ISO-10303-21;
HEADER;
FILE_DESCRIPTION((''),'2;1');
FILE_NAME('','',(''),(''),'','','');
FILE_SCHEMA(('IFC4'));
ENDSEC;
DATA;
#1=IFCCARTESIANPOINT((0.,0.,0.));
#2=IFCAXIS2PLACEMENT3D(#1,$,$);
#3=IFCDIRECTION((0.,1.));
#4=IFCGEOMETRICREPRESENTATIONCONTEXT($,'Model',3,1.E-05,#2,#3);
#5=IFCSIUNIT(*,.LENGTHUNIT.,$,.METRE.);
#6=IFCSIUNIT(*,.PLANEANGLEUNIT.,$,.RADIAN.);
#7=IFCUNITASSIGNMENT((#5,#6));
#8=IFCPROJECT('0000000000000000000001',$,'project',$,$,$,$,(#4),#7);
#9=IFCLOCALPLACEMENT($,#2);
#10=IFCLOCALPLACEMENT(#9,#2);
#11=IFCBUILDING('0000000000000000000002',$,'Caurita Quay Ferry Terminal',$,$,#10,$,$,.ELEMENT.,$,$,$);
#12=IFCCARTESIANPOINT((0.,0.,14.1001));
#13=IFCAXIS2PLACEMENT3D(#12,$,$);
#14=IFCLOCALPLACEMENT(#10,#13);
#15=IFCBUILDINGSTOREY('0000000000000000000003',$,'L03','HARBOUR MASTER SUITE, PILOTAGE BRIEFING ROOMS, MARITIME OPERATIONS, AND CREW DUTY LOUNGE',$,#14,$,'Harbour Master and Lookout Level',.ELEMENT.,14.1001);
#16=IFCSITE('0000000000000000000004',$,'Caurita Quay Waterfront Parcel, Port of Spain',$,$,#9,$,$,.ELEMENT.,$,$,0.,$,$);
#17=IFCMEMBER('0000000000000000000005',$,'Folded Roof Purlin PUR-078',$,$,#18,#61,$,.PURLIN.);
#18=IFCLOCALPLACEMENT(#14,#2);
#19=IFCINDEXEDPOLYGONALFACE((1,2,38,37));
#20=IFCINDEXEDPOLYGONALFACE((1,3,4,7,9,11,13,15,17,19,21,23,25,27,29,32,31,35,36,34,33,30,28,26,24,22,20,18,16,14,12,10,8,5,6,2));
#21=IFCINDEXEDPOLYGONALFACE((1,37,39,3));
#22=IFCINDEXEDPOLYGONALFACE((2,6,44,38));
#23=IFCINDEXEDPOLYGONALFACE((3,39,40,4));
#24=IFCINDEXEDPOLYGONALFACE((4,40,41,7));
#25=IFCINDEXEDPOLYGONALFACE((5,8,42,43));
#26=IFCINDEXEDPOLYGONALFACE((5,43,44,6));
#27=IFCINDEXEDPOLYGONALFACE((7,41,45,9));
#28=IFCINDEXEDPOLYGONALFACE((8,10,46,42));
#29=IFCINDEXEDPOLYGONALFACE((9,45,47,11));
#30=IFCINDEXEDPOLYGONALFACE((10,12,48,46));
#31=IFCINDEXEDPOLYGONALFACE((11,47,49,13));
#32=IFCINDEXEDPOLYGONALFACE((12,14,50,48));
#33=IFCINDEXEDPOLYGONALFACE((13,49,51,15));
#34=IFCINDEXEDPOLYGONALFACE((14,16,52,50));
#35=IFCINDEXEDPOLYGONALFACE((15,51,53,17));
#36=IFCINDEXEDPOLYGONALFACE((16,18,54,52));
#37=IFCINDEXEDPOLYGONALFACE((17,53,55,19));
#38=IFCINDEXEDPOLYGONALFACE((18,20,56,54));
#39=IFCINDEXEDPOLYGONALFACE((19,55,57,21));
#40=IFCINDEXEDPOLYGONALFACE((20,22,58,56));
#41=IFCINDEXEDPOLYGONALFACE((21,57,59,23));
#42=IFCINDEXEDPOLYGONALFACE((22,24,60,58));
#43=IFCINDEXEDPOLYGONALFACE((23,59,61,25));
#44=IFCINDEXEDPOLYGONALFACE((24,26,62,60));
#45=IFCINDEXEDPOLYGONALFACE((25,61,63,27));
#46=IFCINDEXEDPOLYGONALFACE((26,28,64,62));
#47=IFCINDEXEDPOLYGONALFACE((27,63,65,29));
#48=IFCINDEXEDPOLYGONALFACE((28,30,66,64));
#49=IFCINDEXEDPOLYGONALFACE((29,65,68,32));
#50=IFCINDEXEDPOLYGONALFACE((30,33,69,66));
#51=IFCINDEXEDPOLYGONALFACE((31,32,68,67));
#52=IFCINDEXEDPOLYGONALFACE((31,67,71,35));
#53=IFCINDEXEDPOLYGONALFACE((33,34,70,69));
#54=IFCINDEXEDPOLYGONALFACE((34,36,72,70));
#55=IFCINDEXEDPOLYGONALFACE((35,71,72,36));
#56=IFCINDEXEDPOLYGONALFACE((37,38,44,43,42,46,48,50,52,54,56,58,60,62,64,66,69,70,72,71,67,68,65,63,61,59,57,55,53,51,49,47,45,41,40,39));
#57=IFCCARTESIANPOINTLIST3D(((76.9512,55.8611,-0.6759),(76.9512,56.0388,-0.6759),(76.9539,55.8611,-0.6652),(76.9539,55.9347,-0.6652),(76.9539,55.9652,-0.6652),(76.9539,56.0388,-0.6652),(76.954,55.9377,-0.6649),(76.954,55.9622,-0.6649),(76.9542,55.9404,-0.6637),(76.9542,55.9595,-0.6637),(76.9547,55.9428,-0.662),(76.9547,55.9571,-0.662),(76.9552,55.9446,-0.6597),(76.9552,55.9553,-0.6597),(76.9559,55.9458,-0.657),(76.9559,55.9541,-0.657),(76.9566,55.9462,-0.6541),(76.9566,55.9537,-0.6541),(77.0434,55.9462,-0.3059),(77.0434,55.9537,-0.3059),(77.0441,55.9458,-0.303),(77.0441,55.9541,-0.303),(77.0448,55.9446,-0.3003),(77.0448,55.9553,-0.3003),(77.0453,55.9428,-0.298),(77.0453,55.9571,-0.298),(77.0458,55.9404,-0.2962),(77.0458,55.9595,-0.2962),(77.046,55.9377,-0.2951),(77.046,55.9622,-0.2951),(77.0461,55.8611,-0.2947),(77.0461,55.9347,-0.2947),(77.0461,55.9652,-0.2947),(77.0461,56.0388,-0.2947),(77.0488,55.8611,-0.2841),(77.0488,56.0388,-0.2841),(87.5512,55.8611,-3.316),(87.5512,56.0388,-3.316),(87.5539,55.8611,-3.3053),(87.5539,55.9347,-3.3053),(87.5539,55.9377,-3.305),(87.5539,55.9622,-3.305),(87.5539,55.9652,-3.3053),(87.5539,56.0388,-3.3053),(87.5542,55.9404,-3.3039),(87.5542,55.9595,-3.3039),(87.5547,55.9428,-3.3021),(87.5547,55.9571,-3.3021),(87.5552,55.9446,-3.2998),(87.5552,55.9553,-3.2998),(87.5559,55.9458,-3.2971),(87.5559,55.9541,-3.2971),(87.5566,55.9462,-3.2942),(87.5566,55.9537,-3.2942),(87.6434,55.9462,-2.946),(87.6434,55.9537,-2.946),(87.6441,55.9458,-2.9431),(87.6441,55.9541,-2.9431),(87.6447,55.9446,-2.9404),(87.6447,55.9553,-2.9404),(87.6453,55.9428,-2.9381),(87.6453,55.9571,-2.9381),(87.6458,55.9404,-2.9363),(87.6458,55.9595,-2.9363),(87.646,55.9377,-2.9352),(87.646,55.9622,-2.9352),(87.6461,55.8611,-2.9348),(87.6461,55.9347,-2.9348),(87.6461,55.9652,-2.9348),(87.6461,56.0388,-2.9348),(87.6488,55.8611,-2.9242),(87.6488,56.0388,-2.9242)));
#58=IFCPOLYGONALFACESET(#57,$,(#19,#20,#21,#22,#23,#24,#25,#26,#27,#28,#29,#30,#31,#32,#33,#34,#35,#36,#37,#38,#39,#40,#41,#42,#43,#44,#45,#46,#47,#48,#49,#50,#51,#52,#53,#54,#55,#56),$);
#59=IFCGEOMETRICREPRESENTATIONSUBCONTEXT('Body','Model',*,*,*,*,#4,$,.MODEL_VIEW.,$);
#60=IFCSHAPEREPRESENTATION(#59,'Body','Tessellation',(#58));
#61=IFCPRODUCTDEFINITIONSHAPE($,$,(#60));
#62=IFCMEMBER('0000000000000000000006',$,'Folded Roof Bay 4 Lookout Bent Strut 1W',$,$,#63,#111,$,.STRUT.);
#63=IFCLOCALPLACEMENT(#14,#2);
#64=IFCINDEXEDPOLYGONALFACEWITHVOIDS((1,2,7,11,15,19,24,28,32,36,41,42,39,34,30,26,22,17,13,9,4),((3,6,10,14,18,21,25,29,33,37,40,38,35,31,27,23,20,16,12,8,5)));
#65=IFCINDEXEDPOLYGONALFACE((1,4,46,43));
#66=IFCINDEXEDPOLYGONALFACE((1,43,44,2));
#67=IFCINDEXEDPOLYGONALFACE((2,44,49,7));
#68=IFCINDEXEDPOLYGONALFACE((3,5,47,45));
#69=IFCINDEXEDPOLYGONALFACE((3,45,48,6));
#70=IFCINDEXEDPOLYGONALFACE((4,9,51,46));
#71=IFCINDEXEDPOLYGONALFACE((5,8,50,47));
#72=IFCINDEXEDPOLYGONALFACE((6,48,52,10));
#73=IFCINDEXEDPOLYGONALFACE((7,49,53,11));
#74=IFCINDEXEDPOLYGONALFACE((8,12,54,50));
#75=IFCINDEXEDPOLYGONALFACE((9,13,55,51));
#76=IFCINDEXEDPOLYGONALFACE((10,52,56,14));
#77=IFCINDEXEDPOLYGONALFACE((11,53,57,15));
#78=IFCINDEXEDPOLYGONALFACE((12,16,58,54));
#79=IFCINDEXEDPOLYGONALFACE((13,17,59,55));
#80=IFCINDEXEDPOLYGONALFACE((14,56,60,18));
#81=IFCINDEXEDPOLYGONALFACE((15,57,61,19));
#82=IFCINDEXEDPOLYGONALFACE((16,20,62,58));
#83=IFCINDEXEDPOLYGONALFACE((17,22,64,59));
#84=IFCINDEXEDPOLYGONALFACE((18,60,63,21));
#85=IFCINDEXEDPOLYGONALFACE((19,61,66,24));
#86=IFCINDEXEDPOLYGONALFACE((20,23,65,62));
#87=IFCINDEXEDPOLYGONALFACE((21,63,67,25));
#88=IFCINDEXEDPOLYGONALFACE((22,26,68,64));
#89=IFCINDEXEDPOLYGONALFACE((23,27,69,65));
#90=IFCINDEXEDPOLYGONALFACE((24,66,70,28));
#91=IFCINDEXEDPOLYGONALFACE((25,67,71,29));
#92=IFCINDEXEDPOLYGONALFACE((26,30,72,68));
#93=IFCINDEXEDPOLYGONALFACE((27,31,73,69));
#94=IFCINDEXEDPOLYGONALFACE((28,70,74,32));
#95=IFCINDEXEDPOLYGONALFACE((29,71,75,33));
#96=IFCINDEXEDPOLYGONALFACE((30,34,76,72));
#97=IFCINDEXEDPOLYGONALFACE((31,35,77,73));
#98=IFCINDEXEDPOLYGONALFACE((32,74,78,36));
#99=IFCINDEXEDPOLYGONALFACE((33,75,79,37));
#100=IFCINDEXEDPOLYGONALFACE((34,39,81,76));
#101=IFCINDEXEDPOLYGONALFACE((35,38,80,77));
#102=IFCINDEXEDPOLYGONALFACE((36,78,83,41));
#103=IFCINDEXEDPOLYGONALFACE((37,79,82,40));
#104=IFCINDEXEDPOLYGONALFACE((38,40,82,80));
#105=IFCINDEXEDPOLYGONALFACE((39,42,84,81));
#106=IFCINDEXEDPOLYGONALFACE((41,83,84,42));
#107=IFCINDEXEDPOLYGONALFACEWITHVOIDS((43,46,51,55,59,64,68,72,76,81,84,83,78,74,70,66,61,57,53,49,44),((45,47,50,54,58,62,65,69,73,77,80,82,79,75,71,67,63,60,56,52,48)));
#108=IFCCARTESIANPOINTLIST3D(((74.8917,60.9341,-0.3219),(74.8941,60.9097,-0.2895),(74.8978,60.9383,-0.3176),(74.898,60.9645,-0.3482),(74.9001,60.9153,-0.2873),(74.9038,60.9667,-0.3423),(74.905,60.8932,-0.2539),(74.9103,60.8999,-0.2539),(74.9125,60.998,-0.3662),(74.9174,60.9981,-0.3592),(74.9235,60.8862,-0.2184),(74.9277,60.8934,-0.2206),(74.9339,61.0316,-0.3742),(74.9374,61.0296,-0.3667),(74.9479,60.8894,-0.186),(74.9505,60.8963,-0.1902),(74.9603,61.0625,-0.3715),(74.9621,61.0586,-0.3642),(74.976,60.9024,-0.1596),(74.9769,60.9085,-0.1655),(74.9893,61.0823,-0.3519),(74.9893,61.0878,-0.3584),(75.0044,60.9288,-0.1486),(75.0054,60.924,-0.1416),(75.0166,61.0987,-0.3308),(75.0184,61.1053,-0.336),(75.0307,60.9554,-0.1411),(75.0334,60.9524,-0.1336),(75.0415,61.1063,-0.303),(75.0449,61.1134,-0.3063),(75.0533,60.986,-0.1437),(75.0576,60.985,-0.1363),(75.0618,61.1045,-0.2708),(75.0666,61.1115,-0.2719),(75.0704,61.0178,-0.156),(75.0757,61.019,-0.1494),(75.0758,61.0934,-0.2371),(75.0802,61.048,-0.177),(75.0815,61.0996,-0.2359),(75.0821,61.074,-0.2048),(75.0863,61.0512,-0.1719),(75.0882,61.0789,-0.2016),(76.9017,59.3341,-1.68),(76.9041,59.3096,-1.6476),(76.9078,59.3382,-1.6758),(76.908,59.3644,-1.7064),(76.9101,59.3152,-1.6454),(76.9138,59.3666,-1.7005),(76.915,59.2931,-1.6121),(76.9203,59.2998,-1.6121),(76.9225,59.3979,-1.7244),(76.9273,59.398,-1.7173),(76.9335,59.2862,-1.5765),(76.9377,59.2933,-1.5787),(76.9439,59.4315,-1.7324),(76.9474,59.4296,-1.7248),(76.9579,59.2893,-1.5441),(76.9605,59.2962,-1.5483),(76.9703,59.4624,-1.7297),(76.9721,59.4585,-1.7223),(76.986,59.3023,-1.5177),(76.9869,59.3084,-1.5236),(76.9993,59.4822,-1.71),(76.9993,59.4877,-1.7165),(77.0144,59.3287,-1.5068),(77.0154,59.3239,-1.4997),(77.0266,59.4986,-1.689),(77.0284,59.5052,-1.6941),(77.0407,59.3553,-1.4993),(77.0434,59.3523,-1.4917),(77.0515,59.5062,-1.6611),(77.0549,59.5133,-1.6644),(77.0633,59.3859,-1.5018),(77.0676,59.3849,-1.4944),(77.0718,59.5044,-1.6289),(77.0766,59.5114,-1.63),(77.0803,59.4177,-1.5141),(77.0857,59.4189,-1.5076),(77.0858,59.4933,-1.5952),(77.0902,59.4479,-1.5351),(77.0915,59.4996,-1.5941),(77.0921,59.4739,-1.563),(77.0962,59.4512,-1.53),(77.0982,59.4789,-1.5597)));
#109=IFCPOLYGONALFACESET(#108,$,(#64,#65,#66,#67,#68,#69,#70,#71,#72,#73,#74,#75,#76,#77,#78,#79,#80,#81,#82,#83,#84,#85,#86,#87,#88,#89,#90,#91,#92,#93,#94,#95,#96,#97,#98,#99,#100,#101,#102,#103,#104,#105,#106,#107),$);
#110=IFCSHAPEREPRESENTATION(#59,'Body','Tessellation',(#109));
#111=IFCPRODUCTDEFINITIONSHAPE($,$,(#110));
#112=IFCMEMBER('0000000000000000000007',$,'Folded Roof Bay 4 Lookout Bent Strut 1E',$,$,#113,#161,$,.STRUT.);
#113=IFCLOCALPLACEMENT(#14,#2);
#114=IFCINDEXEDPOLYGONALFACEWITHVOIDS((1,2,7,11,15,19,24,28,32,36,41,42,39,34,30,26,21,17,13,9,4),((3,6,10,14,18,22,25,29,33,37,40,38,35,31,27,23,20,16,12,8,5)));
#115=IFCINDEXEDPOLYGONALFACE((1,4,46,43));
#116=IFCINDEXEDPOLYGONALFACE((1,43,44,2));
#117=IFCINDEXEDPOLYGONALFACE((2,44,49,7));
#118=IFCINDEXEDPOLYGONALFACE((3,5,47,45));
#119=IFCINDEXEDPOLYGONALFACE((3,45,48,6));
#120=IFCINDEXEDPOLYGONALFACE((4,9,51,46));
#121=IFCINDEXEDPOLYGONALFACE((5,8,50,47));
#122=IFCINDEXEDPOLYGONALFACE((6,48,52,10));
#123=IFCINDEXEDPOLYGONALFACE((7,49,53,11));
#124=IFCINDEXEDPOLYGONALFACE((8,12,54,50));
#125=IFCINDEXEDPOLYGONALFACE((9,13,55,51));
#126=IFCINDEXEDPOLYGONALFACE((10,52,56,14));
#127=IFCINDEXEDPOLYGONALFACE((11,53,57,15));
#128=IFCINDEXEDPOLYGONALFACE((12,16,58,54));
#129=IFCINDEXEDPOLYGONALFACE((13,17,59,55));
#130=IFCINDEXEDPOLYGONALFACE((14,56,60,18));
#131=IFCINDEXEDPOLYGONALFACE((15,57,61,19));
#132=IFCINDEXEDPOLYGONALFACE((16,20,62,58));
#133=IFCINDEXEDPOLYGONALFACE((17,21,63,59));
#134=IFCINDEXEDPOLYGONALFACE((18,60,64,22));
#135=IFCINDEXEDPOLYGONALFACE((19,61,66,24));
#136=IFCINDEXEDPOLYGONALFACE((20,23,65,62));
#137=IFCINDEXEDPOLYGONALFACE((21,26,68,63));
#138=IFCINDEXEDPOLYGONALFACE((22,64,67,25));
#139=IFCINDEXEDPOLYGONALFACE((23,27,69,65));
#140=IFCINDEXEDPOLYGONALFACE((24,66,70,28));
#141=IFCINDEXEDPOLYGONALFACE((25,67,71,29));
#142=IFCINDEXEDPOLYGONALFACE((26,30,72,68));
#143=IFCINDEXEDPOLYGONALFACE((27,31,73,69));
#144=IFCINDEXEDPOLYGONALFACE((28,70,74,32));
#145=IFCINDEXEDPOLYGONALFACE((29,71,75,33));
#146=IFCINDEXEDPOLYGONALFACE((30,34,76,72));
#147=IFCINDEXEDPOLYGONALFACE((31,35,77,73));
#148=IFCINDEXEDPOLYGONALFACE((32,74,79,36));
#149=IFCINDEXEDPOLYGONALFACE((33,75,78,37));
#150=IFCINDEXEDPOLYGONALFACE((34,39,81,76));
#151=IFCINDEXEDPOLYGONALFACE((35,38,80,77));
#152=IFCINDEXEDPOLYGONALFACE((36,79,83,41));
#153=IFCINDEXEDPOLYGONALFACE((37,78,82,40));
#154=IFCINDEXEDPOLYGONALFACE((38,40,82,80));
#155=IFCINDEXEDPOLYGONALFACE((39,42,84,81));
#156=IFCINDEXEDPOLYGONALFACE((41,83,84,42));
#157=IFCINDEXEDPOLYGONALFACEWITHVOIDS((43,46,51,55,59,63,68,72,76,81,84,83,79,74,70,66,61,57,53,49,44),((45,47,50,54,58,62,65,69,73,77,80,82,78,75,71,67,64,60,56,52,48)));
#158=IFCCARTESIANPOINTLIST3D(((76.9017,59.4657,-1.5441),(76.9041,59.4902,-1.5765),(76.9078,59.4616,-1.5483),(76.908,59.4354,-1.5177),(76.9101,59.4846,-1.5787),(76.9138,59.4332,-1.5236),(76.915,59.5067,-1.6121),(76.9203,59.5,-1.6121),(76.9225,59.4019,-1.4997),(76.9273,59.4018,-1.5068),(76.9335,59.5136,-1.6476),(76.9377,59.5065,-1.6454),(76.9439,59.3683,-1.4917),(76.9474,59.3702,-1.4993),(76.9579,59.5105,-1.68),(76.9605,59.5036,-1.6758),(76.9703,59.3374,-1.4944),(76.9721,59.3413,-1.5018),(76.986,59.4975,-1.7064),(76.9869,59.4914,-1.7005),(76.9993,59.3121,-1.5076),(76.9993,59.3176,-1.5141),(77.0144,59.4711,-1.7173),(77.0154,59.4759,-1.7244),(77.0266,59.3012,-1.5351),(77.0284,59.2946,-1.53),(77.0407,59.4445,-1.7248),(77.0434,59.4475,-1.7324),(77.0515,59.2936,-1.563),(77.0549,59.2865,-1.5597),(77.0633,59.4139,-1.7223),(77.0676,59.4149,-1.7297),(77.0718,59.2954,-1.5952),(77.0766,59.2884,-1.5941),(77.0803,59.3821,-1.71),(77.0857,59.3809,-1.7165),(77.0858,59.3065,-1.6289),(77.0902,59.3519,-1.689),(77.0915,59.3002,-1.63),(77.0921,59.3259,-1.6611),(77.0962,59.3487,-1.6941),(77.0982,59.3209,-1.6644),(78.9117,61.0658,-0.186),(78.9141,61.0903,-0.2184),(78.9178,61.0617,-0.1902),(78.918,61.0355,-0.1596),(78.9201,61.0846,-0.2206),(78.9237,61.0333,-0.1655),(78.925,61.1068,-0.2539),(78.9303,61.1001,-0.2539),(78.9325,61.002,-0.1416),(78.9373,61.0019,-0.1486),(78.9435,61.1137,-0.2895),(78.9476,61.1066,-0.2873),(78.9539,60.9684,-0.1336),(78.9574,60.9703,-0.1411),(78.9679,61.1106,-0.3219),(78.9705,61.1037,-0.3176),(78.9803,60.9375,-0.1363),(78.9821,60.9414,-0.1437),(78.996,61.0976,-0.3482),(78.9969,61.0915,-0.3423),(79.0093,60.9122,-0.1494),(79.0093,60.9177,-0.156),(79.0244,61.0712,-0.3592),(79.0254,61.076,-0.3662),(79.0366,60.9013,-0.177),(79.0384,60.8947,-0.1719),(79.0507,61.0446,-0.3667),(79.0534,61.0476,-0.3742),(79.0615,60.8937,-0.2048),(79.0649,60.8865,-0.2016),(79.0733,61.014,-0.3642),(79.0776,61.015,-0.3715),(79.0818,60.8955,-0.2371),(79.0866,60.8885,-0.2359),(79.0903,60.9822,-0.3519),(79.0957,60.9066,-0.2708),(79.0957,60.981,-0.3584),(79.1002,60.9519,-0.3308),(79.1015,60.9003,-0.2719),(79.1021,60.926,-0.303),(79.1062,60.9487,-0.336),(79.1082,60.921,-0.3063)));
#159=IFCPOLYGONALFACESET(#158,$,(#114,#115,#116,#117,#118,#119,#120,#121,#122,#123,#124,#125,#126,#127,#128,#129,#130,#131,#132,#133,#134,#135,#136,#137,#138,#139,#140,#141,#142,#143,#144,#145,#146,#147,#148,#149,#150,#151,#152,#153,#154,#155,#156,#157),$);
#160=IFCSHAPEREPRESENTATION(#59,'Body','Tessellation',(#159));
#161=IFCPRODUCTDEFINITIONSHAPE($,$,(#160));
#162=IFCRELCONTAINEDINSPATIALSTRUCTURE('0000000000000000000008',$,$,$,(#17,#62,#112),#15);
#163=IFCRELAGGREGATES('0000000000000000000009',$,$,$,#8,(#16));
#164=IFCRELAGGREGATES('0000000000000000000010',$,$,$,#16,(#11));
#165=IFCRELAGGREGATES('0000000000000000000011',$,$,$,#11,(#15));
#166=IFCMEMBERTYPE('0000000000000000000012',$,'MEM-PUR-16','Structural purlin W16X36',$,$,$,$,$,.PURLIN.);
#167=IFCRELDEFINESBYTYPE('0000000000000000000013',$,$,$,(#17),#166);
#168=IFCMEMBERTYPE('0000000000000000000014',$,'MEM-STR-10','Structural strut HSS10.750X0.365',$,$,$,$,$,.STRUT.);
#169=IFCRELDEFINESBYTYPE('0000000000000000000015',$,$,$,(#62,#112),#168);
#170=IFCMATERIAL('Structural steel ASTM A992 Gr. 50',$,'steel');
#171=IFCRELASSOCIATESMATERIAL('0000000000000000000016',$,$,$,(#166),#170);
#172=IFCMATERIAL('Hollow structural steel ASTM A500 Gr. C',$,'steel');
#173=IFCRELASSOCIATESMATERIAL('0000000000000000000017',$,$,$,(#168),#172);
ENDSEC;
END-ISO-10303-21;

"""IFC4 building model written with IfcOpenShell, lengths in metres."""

from ifc_helpers import new_model, si_unit, direction, frame, origin, origin_2d, place, context, subcontext, project, spatial, hollow_circle, i_section, extrude, material, material_profile, profile_set, type_object, element, save


model = new_model("IFC4")

# Units and contexts
model_context = context("Model", 3, precision=1e-05, world=origin(), true_north=direction((0.0, 1.0)))
body_context = subcontext(model_context, "Body", "Model", "MODEL_VIEW")
ifc_project = project(units=[si_unit("LENGTHUNIT", "METRE"), si_unit("PLANEANGLEUNIT", "RADIAN")], contexts=[model_context])

# Site, building, storey
site_placement = place(None, origin())
site = spatial("IfcSite", under=ifc_project, at=site_placement, Name="Caurita Quay Waterfront Parcel, Port of Spain", CompositionType="ELEMENT", RefElevation=0.0)
building_placement = place(site_placement, origin())
building = spatial("IfcBuilding", under=site, at=building_placement, Name="Caurita Quay Ferry Terminal", CompositionType="ELEMENT")
storey_placement = place(building_placement, frame((0.0, 0.0, 14.1001)))
storey = spatial("IfcBuildingStorey", under=building, at=storey_placement, Name="L03", Description="HARBOUR MASTER SUITE, PILOTAGE BRIEFING ROOMS, MARITIME OPERATIONS, AND CREW DUTY LOUNGE", LongName="Harbour Master and Lookout Level", CompositionType="ELEMENT", Elevation=14.1001)

# Shared definitions
ifc_material_1 = material(Name="Structural steel ASTM A992 Gr. 50", Category="steel")

# Members
ifc_material_profile_1 = material_profile(ifc_material_1, i_section(OverallWidth=0.1777, OverallDepth=0.4038, WebThickness=0.0076, FlangeThickness=0.011, FilletRadius=0.0115, at=origin_2d()), Name="W16X36")
ifc_profile_set_1 = profile_set([ifc_material_profile_1], Name="Structural steel ASTM A992 Gr. 50")
member_type_1 = type_object("IfcMemberType", Name="MEM-PUR-16", Description="Structural purlin W16X36", PredefinedType="PURLIN", material=ifc_profile_set_1)
member_1_placement = place(storey_placement, frame((77.0, 55.95, -0.48), z_axis=(0.970355, 0.0, -0.241684), x_axis=(0.0, 1.0, 0.0)))
element("IfcMember", 1, at=member_1_placement, inside=storey, type_object=member_type_1, Name="Folded Roof Purlin PUR-078", PredefinedType="PURLIN", context=body_context, shape_type="SweptSolid", body=[
    extrude(i_section(OverallWidth=0.1777, OverallDepth=0.4038, WebThickness=0.0076, FlangeThickness=0.011, FilletRadius=0.0115, at=origin_2d()), origin(), (0.0, 0.0, 1.0), 10.9238),
])
ifc_material_2 = material(Name="Hollow structural steel ASTM A500 Gr. C", Category="steel")
ifc_material_profile_2 = material_profile(ifc_material_2, hollow_circle(Radius=0.1365, WallThickness=0.0085, at=origin_2d()), Name="HSS10.750X0.365")
ifc_profile_set_2 = profile_set([ifc_material_profile_2], Name="Hollow structural steel ASTM A500 Gr. C")
member_type_2 = type_object("IfcMemberType", Name="MEM-STR-10", Description="Structural strut HSS10.750X0.365", PredefinedType="STRUT", material=ifc_profile_set_2)
for number, where, z_axis, x_axis, name in (
    (2, (77.0, 59.3999, -1.6121), (-0.691668, 0.550612, 0.467357), (-0.622816, -0.782368, 0.0), "Folded Roof Bay 4 Lookout Bent Strut 1W"),
    (3, (77.0, 59.3999, -1.6121), (0.691668, 0.550612, 0.467357), (-0.622816, 0.782368, 0.0), "Folded Roof Bay 4 Lookout Bent Strut 1E"),
):
    element("IfcMember", number, at=place(storey_placement, frame(where, z_axis=z_axis, x_axis=x_axis)), inside=storey, type_object=member_type_2, Name=name, PredefinedType="STRUT", context=body_context, shape_type="SweptSolid", body=[
        extrude(hollow_circle(Radius=0.1365, WallThickness=0.0085, at=origin_2d()), origin(), (0.0, 0.0, 1.0), 2.906),
    ])

save(model, "model.ifc")
